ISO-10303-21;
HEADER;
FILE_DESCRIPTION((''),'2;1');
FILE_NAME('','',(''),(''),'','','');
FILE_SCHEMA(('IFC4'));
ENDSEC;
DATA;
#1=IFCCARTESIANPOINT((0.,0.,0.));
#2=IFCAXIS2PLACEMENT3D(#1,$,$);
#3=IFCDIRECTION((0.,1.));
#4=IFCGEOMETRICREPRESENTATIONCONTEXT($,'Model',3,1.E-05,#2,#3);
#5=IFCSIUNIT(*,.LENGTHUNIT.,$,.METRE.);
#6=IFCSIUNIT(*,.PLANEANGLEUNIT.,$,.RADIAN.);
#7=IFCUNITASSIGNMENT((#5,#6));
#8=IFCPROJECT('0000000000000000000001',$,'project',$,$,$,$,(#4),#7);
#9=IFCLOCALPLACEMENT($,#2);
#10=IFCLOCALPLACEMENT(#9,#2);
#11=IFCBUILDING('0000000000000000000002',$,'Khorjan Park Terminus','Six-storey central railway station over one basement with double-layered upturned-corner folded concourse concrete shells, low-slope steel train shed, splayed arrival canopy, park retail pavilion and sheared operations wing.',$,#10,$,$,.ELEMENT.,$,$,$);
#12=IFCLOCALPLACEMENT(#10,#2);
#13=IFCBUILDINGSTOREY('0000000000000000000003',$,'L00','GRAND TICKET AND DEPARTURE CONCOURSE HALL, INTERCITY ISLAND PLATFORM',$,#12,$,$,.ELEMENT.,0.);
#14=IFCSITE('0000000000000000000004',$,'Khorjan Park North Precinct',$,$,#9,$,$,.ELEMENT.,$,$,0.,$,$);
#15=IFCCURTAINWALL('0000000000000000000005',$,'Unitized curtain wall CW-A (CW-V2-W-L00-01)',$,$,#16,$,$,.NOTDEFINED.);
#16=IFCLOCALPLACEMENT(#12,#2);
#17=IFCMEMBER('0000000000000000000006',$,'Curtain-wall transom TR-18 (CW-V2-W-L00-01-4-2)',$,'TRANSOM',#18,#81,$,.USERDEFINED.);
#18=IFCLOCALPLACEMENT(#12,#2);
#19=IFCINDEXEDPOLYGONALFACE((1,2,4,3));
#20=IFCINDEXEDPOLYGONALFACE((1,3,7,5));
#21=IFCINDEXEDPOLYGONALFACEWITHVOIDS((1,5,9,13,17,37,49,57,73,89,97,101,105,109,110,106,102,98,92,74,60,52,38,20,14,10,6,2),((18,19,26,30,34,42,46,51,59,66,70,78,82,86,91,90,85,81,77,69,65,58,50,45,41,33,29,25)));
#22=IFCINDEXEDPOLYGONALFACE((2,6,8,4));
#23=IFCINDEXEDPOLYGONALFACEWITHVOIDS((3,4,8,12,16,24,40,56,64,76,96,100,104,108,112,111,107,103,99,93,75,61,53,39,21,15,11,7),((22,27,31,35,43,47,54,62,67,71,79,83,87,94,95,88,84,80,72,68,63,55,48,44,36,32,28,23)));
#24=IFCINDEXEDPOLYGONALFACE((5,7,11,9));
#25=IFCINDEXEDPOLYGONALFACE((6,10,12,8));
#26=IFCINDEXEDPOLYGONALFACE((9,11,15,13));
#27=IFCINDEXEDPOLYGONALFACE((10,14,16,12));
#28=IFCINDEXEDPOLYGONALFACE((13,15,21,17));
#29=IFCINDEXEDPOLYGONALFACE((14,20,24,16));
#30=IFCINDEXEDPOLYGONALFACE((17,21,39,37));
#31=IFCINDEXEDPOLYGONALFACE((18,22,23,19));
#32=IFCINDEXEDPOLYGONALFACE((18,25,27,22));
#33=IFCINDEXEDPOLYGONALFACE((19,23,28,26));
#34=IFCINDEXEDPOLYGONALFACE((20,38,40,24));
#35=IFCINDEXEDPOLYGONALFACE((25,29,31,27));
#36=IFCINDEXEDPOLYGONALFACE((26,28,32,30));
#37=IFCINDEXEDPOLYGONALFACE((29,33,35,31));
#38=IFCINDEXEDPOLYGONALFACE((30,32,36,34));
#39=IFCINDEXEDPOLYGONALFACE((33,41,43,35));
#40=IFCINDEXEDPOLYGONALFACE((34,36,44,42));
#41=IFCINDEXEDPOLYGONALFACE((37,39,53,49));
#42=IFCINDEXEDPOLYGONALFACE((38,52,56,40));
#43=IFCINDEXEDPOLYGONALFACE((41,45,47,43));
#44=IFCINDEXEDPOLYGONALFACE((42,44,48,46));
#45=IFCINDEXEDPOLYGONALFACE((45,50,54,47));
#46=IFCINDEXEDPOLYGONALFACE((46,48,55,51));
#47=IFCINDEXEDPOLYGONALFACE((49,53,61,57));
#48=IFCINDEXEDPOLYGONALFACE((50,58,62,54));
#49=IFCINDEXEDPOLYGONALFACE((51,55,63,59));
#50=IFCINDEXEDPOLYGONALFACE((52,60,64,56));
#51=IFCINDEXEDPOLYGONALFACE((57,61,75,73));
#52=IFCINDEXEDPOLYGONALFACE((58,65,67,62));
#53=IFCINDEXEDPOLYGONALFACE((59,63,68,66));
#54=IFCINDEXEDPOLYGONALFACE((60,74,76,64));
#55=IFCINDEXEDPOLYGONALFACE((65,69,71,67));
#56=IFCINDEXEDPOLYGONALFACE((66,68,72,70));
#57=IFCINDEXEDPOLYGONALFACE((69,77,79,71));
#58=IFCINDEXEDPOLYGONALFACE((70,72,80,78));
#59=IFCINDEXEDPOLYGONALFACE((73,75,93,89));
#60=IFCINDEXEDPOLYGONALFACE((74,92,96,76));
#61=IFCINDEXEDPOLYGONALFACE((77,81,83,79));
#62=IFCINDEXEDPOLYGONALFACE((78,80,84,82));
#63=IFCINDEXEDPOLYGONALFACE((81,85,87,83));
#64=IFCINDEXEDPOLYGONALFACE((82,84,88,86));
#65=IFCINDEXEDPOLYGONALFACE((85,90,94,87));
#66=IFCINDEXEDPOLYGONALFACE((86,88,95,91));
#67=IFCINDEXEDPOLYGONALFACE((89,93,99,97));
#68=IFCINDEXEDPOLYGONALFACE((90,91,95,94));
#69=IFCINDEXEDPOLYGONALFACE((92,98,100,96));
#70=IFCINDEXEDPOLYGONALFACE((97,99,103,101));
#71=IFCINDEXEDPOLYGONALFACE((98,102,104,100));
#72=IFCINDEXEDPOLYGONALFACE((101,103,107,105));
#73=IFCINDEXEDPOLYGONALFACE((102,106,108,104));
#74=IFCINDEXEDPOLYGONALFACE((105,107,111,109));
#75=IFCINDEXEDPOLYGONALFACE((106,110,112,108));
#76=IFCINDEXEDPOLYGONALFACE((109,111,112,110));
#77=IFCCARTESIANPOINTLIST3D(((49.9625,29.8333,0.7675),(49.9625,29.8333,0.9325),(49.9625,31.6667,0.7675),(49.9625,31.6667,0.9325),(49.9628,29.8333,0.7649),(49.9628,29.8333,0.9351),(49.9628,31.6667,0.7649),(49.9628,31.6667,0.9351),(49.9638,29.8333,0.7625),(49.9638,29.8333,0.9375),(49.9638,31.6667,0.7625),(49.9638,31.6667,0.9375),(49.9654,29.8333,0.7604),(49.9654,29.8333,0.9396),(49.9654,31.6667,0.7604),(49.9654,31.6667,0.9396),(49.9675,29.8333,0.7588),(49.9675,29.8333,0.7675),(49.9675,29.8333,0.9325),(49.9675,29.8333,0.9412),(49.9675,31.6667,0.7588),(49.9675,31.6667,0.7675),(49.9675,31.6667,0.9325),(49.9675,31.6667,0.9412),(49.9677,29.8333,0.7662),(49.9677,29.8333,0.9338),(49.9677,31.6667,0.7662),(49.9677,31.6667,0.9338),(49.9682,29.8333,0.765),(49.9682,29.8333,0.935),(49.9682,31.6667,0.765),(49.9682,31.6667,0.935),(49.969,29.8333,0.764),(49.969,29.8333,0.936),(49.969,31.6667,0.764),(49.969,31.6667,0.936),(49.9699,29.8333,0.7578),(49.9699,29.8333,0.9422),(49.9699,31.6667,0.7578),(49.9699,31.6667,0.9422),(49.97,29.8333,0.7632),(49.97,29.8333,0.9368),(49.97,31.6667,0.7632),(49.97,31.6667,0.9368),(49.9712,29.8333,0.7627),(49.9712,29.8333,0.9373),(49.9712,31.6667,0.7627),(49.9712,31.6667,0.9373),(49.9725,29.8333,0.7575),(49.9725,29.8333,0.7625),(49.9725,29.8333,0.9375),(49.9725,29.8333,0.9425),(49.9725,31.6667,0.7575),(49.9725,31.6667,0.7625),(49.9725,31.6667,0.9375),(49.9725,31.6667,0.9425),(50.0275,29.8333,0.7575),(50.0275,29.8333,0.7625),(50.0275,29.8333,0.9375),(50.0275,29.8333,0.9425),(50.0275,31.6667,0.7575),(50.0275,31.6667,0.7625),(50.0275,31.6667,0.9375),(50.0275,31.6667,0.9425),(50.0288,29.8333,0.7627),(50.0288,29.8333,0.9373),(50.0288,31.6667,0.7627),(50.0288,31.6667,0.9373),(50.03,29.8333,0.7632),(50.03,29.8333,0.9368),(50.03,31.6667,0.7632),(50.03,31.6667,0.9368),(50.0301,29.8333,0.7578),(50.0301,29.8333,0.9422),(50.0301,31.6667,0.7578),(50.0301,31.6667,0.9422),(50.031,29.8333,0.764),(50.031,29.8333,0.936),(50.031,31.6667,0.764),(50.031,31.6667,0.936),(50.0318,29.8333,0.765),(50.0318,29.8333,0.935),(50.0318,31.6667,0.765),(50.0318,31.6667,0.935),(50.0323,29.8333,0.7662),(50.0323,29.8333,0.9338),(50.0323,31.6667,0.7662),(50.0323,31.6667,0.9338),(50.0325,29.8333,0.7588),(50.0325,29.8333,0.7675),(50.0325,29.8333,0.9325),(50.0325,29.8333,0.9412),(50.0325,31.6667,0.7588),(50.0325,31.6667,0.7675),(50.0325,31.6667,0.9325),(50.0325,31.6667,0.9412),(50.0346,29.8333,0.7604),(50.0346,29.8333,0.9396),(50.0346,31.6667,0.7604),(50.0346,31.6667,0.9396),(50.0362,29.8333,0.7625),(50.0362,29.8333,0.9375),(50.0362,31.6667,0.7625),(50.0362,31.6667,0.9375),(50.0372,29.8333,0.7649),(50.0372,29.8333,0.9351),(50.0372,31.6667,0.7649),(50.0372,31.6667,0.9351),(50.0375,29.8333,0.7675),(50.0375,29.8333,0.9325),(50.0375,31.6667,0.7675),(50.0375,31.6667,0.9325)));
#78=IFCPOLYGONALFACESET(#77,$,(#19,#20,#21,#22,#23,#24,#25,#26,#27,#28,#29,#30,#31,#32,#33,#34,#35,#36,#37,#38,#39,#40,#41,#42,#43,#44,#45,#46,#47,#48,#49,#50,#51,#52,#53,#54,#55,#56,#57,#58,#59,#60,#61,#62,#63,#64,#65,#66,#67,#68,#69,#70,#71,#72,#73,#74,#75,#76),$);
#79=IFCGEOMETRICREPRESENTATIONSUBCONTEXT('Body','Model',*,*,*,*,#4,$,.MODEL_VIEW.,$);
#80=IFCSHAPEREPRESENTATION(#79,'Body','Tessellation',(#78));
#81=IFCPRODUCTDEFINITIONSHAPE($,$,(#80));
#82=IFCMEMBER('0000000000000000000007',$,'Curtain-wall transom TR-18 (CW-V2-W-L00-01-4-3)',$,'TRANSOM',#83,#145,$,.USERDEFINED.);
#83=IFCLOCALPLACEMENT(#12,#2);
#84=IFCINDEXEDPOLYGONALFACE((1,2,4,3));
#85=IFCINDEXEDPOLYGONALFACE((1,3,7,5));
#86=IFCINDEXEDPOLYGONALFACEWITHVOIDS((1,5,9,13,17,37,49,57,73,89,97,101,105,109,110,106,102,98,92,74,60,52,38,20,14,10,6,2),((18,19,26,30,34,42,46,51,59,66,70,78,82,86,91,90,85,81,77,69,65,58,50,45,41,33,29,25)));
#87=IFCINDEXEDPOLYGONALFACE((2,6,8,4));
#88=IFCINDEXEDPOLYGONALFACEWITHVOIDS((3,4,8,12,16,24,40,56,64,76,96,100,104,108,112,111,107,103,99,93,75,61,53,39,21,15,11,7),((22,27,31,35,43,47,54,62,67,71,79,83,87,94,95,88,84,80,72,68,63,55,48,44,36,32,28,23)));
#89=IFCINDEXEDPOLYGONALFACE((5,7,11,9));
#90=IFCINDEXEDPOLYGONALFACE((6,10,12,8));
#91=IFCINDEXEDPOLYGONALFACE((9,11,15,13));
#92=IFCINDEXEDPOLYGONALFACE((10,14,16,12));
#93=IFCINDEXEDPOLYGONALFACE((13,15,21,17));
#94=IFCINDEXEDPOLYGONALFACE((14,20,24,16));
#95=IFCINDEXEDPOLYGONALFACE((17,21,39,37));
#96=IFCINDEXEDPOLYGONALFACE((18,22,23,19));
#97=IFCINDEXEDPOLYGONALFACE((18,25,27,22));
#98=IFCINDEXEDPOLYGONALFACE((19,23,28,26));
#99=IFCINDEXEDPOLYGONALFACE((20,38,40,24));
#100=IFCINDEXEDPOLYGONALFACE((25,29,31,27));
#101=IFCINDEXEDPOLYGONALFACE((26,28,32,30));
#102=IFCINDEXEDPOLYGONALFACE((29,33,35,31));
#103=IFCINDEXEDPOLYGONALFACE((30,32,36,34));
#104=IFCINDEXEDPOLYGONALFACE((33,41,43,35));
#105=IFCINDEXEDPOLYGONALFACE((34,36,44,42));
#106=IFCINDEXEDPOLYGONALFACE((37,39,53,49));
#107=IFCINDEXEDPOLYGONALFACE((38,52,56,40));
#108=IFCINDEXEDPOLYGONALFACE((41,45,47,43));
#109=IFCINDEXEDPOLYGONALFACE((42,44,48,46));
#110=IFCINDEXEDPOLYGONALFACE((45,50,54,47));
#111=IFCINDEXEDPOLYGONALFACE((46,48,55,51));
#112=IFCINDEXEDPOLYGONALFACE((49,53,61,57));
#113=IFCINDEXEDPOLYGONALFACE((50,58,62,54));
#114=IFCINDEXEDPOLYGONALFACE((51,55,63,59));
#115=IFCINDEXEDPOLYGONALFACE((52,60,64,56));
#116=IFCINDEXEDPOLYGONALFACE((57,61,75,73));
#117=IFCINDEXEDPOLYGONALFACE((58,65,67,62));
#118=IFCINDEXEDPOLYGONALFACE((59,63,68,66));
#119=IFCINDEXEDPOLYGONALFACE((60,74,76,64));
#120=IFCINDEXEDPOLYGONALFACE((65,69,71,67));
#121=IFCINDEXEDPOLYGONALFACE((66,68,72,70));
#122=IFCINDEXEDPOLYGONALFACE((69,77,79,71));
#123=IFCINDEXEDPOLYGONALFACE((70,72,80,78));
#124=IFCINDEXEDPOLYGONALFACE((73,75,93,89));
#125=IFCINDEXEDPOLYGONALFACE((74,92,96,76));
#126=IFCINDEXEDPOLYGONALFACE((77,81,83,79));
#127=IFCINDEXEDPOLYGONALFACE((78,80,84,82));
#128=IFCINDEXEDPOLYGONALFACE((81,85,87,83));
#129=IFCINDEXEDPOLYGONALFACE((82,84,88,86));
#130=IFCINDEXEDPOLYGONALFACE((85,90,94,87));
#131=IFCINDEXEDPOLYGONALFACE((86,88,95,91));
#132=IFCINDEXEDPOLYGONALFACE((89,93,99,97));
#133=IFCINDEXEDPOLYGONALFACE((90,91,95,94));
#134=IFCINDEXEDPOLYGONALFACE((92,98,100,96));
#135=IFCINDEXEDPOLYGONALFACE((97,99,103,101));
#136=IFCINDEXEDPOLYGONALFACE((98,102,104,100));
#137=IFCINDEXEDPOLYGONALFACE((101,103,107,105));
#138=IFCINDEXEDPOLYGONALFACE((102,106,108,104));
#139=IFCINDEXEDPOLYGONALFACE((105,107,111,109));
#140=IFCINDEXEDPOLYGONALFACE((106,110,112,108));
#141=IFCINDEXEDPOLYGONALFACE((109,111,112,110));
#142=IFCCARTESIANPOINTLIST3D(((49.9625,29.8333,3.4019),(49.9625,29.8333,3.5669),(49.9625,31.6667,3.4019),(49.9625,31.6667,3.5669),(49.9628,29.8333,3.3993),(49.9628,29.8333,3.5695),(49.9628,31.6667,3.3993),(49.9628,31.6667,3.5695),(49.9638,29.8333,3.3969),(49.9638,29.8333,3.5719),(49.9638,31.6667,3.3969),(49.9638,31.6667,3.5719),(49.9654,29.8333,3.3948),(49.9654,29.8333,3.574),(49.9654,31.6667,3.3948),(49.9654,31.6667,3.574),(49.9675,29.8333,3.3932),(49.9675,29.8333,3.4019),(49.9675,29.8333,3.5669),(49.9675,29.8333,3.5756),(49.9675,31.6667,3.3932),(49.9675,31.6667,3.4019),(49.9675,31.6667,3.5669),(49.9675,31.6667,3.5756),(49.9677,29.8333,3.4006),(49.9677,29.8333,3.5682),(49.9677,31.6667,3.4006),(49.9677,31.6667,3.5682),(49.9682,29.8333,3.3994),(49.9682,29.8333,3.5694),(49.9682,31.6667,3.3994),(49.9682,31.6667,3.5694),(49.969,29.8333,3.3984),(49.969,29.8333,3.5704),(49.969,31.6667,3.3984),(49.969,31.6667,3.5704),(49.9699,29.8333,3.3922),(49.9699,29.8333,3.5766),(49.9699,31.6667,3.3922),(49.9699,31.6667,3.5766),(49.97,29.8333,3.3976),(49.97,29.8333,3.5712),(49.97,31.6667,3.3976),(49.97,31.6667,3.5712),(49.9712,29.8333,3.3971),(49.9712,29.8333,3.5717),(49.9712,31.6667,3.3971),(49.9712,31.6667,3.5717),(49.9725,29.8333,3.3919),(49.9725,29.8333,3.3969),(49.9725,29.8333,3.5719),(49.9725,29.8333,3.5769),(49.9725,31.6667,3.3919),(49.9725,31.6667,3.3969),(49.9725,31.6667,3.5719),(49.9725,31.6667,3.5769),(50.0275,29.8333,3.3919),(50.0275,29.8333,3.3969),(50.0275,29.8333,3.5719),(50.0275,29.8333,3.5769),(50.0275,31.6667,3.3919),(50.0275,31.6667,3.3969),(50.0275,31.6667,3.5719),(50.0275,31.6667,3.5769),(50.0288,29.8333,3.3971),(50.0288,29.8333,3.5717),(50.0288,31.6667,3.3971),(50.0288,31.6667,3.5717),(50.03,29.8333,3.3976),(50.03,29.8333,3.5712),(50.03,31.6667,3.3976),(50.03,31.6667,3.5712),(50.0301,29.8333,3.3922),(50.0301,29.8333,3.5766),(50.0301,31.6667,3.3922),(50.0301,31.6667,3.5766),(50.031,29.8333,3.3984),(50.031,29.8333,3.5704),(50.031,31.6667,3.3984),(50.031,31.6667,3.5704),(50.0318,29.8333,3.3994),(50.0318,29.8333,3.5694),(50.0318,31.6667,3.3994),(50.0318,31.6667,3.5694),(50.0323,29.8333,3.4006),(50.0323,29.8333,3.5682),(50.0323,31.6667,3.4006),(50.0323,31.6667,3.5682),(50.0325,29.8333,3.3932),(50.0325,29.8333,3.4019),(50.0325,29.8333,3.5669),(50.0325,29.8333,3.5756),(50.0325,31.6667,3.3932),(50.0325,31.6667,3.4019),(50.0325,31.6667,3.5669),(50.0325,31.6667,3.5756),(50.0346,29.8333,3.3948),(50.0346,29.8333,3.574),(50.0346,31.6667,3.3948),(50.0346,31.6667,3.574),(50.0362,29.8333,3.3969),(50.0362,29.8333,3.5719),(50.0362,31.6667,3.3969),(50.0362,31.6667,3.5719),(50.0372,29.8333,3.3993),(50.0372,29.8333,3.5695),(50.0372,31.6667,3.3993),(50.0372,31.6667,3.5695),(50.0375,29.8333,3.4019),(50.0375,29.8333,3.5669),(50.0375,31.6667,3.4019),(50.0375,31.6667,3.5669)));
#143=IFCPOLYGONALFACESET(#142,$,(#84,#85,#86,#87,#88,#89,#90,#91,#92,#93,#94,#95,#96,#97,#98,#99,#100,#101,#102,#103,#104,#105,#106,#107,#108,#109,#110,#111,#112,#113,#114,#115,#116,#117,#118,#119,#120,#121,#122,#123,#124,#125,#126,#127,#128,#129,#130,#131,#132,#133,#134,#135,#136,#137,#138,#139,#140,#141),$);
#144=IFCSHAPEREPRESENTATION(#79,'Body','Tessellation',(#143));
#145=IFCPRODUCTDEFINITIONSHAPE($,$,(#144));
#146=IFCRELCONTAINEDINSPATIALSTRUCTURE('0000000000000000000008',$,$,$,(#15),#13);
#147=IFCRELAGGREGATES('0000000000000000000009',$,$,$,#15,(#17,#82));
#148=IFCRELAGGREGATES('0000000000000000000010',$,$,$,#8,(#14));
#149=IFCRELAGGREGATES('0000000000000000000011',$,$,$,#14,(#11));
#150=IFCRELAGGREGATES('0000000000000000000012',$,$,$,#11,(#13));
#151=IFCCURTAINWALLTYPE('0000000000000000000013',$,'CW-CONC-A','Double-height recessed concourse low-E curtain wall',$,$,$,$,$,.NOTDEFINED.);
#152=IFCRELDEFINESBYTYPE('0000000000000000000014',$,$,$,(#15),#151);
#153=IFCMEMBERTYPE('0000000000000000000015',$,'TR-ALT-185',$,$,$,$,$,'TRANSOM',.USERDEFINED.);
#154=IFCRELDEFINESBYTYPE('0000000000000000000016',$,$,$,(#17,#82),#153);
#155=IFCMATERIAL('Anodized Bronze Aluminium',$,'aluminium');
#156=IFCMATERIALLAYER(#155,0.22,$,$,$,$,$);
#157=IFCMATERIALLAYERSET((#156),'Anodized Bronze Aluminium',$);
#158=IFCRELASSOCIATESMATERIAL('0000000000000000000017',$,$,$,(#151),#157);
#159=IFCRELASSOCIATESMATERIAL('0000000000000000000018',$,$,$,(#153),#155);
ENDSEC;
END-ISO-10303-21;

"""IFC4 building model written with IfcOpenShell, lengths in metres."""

from ifc_helpers import new_model, si_unit, direction, frame, origin, origin_2d, place, context, subcontext, project, spatial, hollow_rectangle, extrude, material, layer, layer_set, material_profile, profile_set, type_object, element, aggregate, save


model = new_model("IFC4")

# Units and contexts
model_context = context("Model", 3, precision=1e-05, world=origin(), true_north=direction((0.0, 1.0)))
body_context = subcontext(model_context, "Body", "Model", "MODEL_VIEW")
ifc_project = project(units=[si_unit("LENGTHUNIT", "METRE"), si_unit("PLANEANGLEUNIT", "RADIAN")], contexts=[model_context])

# Site, building, storey
site_placement = place(None, origin())
site = spatial("IfcSite", under=ifc_project, at=site_placement, Name="Khorjan Park North Precinct", CompositionType="ELEMENT", RefElevation=0.0)
building_placement = place(site_placement, origin())
building = spatial("IfcBuilding", under=site, at=building_placement, Name="Khorjan Park Terminus", Description="Six-storey central railway station over one basement with double-layered upturned-corner folded concourse concrete shells, low-slope steel train shed, splayed arrival canopy, park retail pavilion and sheared operations wing.", CompositionType="ELEMENT")
storey_placement = place(building_placement, origin())
storey = spatial("IfcBuildingStorey", under=building, at=storey_placement, Name="L00", Description="GRAND TICKET AND DEPARTURE CONCOURSE HALL, INTERCITY ISLAND PLATFORM", CompositionType="ELEMENT", Elevation=0.0)

# Curtain wall, members
ifc_material_1 = material(Name="Anodized Bronze Aluminium", Category="aluminium")
ifc_layer_1 = layer(ifc_material_1, 0.22)
ifc_layer_set_1 = layer_set([ifc_layer_1], Name="Anodized Bronze Aluminium")
curtain_wall_type = type_object("IfcCurtainWallType", Name="CW-CONC-A", Description="Double-height recessed concourse low-E curtain wall", PredefinedType="NOTDEFINED", material=ifc_layer_set_1)
curtain_wall_placement = place(storey_placement, origin())
curtain_wall = element("IfcCurtainWall", 1, at=curtain_wall_placement, inside=storey, type_object=curtain_wall_type, Name="Unitized curtain wall CW-A (CW-V2-W-L00-01)", PredefinedType="NOTDEFINED")
ifc_material_profile_1 = material_profile(ifc_material_1, hollow_rectangle(XDim=0.075, YDim=0.185, WallThickness=0.005, InnerFilletRadius=0.005, OuterFilletRadius=0.01, at=origin_2d()), Name="ALT 75x185x5")
ifc_profile_set_1 = profile_set([ifc_material_profile_1], Name="Anodized Bronze Aluminium")
member_type_1 = type_object("IfcMemberType", Name="TR-ALT-185", ElementType="TRANSOM", PredefinedType="USERDEFINED", material=ifc_profile_set_1)
member_1_placement = place(storey_placement, frame((50.0, 31.6667, 0.85), z_axis=(0.0, -1.0, 0.0), x_axis=(1.0, 0.0, 0.0)))
member_1 = element("IfcMember", 2, at=member_1_placement, type_object=member_type_1, Name="Curtain-wall transom TR-18 (CW-V2-W-L00-01-4-2)", ObjectType="TRANSOM", PredefinedType="USERDEFINED", context=body_context, shape_type="SweptSolid", body=[
    extrude(hollow_rectangle(XDim=0.075, YDim=0.185, WallThickness=0.005, InnerFilletRadius=0.005, OuterFilletRadius=0.01, at=origin_2d()), origin(), (0.0, 0.0, 1.0), 1.8334),
])
member_2_placement = place(storey_placement, frame((50.0, 31.6667, 3.4844), z_axis=(0.0, -1.0, 0.0), x_axis=(1.0, 0.0, 0.0)))
member_2 = element("IfcMember", 3, at=member_2_placement, type_object=member_type_1, Name="Curtain-wall transom TR-18 (CW-V2-W-L00-01-4-3)", ObjectType="TRANSOM", PredefinedType="USERDEFINED", context=body_context, shape_type="SweptSolid", body=[
    extrude(hollow_rectangle(XDim=0.075, YDim=0.185, WallThickness=0.005, InnerFilletRadius=0.005, OuterFilletRadius=0.01, at=origin_2d()), origin(), (0.0, 0.0, 1.0), 1.8334),
])
aggregate(curtain_wall, [member_1, member_2])

save(model, "model.ifc")
